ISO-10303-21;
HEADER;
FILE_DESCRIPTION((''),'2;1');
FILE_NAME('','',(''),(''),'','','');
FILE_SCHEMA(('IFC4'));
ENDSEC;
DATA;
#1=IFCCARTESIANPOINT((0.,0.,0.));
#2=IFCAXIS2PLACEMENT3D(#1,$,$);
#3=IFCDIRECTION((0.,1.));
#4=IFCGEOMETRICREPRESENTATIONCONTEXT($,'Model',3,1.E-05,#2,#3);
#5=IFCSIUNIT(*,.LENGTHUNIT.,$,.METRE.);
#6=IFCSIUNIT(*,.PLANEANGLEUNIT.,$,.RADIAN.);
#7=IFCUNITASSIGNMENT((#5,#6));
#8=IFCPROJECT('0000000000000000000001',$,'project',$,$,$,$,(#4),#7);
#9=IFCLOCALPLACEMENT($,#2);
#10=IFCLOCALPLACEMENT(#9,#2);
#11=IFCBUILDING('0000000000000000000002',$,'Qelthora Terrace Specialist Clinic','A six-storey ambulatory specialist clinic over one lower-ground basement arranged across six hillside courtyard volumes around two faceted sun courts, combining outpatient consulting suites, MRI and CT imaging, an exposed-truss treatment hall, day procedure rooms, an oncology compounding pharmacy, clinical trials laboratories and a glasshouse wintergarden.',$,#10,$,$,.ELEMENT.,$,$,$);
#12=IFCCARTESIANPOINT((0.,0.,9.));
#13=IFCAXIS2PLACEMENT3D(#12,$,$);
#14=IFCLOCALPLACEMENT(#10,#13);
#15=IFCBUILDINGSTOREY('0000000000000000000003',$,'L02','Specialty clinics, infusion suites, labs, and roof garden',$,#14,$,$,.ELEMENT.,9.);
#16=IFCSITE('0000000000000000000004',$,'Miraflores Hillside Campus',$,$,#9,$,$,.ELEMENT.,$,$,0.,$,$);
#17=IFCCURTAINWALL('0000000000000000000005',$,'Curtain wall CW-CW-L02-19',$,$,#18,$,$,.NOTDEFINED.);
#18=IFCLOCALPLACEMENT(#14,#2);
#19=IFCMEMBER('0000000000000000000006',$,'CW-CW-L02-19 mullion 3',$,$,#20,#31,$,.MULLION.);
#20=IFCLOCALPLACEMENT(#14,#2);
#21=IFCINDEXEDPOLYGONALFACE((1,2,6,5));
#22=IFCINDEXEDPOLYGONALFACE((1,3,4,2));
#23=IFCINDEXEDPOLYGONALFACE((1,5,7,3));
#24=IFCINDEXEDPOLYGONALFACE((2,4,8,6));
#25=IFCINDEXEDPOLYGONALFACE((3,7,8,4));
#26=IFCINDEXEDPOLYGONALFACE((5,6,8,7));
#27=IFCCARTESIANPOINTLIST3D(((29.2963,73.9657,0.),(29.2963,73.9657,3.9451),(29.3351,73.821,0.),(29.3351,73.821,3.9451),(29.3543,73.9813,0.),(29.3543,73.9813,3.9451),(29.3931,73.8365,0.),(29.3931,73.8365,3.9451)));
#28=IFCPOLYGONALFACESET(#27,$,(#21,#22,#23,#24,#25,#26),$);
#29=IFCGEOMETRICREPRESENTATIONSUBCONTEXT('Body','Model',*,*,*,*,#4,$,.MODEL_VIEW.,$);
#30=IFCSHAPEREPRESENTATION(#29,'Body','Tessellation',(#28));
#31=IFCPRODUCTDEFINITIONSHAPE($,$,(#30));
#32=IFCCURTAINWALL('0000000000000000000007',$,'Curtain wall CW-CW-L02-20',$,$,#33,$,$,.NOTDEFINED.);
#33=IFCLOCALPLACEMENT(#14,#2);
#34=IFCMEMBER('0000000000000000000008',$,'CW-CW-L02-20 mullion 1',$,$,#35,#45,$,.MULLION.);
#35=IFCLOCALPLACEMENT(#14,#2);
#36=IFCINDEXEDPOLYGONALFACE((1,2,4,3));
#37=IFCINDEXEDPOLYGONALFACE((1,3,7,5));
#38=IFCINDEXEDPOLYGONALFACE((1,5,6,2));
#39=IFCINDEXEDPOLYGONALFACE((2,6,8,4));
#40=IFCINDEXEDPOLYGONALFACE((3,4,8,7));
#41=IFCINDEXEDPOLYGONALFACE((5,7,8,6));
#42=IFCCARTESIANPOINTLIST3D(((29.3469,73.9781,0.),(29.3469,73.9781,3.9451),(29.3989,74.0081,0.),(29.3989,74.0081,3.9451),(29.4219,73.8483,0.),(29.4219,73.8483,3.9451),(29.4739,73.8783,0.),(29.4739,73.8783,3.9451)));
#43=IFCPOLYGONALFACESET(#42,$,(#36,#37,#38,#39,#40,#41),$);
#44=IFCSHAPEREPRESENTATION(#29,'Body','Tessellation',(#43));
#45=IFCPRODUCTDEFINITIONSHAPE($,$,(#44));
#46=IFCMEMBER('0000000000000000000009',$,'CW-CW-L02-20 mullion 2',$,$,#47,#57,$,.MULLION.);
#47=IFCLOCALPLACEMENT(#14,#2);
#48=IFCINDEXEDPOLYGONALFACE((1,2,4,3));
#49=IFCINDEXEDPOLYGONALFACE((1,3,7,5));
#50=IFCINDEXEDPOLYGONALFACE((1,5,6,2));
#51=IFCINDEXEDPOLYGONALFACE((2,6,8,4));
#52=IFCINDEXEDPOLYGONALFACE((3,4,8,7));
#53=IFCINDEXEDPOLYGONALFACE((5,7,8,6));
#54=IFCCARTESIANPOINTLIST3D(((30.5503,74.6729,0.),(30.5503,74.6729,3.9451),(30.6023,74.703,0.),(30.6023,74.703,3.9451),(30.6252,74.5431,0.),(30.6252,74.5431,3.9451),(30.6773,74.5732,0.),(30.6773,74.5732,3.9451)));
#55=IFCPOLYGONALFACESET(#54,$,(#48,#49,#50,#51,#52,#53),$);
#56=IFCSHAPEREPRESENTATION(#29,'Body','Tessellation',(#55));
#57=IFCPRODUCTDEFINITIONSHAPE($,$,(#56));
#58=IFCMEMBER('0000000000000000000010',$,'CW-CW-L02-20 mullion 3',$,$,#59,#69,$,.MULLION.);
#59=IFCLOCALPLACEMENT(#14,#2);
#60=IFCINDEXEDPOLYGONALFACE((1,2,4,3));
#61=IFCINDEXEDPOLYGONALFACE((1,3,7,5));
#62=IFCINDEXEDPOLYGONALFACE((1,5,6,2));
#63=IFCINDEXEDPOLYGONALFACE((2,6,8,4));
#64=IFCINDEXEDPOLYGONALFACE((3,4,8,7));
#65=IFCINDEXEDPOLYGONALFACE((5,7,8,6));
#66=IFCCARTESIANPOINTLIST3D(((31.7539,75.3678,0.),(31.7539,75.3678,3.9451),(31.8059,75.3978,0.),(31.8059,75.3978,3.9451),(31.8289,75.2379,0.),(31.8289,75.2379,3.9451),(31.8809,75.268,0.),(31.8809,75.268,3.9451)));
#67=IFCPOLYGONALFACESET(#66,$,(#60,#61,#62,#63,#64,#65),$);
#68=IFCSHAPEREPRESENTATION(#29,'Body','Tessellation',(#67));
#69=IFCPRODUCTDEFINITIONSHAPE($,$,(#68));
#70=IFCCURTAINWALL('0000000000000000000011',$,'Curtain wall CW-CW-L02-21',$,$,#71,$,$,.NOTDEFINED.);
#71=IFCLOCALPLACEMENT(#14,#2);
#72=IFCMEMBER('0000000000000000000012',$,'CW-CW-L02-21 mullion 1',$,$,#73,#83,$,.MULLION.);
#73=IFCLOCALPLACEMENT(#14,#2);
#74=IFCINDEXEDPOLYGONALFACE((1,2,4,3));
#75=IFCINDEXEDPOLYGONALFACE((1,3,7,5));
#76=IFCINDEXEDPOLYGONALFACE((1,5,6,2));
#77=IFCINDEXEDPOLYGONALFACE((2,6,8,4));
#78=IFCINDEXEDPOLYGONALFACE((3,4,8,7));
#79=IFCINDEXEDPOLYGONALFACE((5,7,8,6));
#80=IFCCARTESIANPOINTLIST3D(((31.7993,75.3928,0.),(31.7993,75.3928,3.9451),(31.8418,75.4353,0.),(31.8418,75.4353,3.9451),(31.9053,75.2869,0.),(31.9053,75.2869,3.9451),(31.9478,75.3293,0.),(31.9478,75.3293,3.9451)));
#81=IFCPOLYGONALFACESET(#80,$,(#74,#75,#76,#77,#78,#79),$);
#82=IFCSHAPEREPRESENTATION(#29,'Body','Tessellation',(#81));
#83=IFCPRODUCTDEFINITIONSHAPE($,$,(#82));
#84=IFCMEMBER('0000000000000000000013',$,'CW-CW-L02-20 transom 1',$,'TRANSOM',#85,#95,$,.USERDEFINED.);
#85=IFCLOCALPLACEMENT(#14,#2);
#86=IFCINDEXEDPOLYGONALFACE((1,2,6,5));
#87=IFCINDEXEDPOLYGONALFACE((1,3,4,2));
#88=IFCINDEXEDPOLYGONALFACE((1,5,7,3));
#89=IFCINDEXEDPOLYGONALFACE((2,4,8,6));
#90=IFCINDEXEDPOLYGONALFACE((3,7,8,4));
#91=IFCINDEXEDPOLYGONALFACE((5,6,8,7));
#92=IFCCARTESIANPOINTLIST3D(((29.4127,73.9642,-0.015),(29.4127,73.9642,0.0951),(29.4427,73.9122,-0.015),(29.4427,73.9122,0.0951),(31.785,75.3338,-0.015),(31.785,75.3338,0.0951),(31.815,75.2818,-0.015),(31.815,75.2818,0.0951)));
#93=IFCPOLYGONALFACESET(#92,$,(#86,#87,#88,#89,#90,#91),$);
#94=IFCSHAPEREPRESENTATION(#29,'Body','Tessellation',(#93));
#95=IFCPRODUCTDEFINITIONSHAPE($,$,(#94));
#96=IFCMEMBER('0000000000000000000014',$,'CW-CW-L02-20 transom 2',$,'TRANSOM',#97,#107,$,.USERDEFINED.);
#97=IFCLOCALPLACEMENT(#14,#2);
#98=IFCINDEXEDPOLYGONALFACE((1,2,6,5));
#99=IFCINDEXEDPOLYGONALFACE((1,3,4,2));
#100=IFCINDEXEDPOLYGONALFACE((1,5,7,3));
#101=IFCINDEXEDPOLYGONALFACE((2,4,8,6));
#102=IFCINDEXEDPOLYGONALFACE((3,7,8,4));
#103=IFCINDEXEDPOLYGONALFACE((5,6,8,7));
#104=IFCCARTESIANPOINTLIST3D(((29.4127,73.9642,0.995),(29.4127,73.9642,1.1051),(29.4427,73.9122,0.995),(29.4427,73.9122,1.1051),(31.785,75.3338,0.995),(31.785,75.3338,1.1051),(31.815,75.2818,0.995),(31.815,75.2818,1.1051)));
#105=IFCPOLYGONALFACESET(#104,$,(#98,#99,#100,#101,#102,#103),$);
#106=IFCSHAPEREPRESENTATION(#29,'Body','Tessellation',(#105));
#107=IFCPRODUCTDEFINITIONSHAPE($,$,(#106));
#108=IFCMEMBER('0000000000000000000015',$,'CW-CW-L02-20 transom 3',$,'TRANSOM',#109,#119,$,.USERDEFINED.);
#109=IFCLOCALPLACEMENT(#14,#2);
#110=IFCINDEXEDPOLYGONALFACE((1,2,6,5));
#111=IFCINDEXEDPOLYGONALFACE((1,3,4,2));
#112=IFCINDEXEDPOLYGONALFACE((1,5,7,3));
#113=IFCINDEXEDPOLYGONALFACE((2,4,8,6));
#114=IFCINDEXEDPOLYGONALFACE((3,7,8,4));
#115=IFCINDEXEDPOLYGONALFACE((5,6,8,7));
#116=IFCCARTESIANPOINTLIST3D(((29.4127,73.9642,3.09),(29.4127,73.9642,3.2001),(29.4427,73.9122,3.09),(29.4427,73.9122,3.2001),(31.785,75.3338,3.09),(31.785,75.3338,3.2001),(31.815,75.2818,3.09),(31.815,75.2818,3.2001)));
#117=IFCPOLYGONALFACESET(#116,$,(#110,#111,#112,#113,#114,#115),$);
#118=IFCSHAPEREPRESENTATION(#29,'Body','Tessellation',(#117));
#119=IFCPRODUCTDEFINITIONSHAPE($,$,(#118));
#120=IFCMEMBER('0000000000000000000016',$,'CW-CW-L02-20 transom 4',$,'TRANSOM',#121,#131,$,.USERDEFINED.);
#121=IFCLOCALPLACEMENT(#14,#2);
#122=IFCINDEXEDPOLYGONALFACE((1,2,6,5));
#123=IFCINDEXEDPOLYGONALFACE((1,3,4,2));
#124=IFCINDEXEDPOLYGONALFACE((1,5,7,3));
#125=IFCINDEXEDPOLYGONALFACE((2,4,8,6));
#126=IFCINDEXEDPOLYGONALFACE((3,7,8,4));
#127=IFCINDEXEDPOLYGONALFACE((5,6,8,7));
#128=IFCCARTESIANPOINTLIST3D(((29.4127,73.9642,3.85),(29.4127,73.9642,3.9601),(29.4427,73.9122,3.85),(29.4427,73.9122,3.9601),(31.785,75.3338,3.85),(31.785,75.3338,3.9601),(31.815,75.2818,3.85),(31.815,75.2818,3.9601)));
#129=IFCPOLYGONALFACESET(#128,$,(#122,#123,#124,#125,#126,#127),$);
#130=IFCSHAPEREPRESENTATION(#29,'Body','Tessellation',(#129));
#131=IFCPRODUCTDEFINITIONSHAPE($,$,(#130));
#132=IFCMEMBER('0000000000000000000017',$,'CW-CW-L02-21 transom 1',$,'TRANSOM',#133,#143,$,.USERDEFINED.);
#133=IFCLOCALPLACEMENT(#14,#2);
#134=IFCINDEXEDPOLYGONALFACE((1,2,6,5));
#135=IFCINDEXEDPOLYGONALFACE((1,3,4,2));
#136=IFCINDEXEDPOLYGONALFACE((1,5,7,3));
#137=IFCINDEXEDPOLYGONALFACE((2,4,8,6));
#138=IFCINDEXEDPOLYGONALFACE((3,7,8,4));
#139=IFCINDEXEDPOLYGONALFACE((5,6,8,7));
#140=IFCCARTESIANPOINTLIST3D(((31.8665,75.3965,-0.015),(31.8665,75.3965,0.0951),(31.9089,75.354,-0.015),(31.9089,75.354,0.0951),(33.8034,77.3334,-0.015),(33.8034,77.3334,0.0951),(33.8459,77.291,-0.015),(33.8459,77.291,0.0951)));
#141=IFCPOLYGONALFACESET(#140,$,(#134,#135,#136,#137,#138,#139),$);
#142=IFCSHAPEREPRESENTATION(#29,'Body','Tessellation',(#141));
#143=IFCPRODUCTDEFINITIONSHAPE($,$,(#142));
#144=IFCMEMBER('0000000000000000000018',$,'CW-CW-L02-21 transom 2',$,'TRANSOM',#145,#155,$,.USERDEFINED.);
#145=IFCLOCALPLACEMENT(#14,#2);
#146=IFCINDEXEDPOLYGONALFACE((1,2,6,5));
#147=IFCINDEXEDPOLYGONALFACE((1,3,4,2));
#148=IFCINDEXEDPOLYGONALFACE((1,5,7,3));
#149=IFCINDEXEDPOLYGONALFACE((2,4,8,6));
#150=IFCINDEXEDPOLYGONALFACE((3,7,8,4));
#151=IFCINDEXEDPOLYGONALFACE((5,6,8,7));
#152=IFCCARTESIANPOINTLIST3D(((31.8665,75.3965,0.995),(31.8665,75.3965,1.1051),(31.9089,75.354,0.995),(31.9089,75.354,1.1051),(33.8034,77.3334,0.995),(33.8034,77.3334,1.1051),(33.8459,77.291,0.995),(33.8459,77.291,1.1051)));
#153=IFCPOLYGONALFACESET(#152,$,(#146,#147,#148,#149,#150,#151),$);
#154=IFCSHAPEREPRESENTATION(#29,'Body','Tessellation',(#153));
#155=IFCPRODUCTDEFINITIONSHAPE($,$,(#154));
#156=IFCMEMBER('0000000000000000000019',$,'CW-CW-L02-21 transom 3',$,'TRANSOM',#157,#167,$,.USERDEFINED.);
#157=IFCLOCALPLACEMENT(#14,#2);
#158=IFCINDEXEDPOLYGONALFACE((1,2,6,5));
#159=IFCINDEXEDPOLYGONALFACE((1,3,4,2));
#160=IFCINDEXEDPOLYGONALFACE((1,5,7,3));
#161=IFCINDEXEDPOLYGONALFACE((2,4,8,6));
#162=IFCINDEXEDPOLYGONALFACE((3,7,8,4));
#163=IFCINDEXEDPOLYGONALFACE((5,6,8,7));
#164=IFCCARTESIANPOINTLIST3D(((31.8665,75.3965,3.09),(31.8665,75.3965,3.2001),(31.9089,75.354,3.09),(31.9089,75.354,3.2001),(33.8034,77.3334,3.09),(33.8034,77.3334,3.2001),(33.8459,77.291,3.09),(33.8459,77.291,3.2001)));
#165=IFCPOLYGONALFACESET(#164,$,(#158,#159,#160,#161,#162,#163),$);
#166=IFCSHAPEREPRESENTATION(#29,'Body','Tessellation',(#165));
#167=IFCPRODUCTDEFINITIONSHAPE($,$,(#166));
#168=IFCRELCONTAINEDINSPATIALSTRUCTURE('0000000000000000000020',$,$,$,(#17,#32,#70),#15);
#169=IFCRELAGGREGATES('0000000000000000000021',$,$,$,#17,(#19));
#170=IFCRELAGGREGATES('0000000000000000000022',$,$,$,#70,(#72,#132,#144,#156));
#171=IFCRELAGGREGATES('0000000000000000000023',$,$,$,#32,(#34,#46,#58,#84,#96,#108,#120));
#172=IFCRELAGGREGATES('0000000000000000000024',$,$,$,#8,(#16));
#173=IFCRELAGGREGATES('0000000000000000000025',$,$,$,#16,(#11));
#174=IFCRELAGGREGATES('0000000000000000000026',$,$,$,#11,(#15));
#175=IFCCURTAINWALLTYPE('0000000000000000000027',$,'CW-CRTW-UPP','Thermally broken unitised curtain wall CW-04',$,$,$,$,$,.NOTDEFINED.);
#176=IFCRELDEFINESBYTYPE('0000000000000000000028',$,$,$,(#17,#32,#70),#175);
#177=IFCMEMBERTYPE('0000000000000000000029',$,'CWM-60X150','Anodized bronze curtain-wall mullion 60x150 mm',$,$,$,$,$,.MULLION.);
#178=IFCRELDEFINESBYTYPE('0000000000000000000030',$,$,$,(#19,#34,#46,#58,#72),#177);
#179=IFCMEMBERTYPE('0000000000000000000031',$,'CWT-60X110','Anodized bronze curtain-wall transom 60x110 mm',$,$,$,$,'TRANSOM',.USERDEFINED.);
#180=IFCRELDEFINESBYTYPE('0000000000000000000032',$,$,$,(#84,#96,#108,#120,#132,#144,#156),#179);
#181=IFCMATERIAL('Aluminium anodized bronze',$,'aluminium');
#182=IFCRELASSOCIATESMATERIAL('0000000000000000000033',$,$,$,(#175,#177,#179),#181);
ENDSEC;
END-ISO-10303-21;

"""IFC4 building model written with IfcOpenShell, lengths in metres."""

from ifc_helpers import new_model, si_unit, direction, frame, origin, origin_2d, place, context, subcontext, project, spatial, rectangle, extrude, material, material_profile, profile_set, type_object, element, aggregate, save


model = new_model("IFC4")

# Units and contexts
model_context = context("Model", 3, precision=1e-05, world=origin(), true_north=direction((0.0, 1.0)))
body_context = subcontext(model_context, "Body", "Model", "MODEL_VIEW")
ifc_project = project(units=[si_unit("LENGTHUNIT", "METRE"), si_unit("PLANEANGLEUNIT", "RADIAN")], contexts=[model_context])

# Site, building, storey
site_placement = place(None, origin())
site = spatial("IfcSite", under=ifc_project, at=site_placement, Name="Miraflores Hillside Campus", CompositionType="ELEMENT", RefElevation=0.0)
building_placement = place(site_placement, origin())
building = spatial("IfcBuilding", under=site, at=building_placement, Name="Qelthora Terrace Specialist Clinic", Description="A six-storey ambulatory specialist clinic over one lower-ground basement arranged across six hillside courtyard volumes around two faceted sun courts, combining outpatient consulting suites, MRI and CT imaging, an exposed-truss treatment hall, day procedure rooms, an oncology compounding pharmacy, clinical trials laboratories and a glasshouse wintergarden.", CompositionType="ELEMENT")
storey_placement = place(building_placement, frame((0.0, 0.0, 9.0)))
storey = spatial("IfcBuildingStorey", under=building, at=storey_placement, Name="L02", Description="Specialty clinics, infusion suites, labs, and roof garden", CompositionType="ELEMENT", Elevation=9.0)

# Curtain wall, member
ifc_material_1 = material(Name="Aluminium anodized bronze", Category="aluminium")
curtain_wall_type = type_object("IfcCurtainWallType", Name="CW-CRTW-UPP", Description="Thermally broken unitised curtain wall CW-04", PredefinedType="NOTDEFINED", material=ifc_material_1)
curtain_wall_1_placement = place(storey_placement, origin())
curtain_wall_1 = element("IfcCurtainWall", 1, at=curtain_wall_1_placement, inside=storey, type_object=curtain_wall_type, Name="Curtain wall CW-CW-L02-19", PredefinedType="NOTDEFINED")
ifc_material_profile_1 = material_profile(ifc_material_1, rectangle(XDim=0.0601, YDim=0.1499, at=origin_2d()), Name="CWM60X150")
ifc_profile_set_1 = profile_set([ifc_material_profile_1], Name="Aluminium anodized bronze")
member_type_1 = type_object("IfcMemberType", Name="CWM-60X150", Description="Anodized bronze curtain-wall mullion 60x150 mm", PredefinedType="MULLION", material=ifc_profile_set_1)
member_1_placement = place(storey_placement, frame((29.3447, 73.9011, 0.0), z_axis=(0.0, 0.0, 1.0), x_axis=(0.965925, 0.25882, 0.0)))
member_1 = element("IfcMember", 2, at=member_1_placement, type_object=member_type_1, Name="CW-CW-L02-19 mullion 3", PredefinedType="MULLION", context=body_context, shape_type="SweptSolid", body=[
    extrude(rectangle(XDim=0.0601, YDim=0.1499, at=origin_2d()), origin(), (0.0, 0.0, 1.0), 3.9451),
])
aggregate(curtain_wall_1, [member_1])

# Curtain wall, members
curtain_wall_2_placement = place(storey_placement, origin())
curtain_wall_2 = element("IfcCurtainWall", 3, at=curtain_wall_2_placement, inside=storey, type_object=curtain_wall_type, Name="Curtain wall CW-CW-L02-20", PredefinedType="NOTDEFINED")
member_2_placement = place(storey_placement, frame((29.4104, 73.9282, 0.0), z_axis=(0.0, 0.0, 1.0), x_axis=(0.866026, 0.5, 0.0)))
member_2 = element("IfcMember", 4, at=member_2_placement, type_object=member_type_1, Name="CW-CW-L02-20 mullion 1", PredefinedType="MULLION", context=body_context, shape_type="SweptSolid", body=[
    extrude(rectangle(XDim=0.0601, YDim=0.1499, at=origin_2d()), origin(), (0.0, 0.0, 1.0), 3.9451),
])
member_3_placement = place(storey_placement, frame((30.6138, 74.623, 0.0), z_axis=(0.0, 0.0, 1.0), x_axis=(0.866026, 0.5, 0.0)))
member_3 = element("IfcMember", 5, at=member_3_placement, type_object=member_type_1, Name="CW-CW-L02-20 mullion 2", PredefinedType="MULLION", context=body_context, shape_type="SweptSolid", body=[
    extrude(rectangle(XDim=0.0601, YDim=0.1499, at=origin_2d()), origin(), (0.0, 0.0, 1.0), 3.9451),
])
member_4_placement = place(storey_placement, frame((31.8174, 75.3179, 0.0), z_axis=(0.0, 0.0, 1.0), x_axis=(0.866026, 0.5, 0.0)))
member_4 = element("IfcMember", 6, at=member_4_placement, type_object=member_type_1, Name="CW-CW-L02-20 mullion 3", PredefinedType="MULLION", context=body_context, shape_type="SweptSolid", body=[
    extrude(rectangle(XDim=0.0601, YDim=0.1499, at=origin_2d()), origin(), (0.0, 0.0, 1.0), 3.9451),
])

# Curtain wall, member
curtain_wall_3_placement = place(storey_placement, origin())
curtain_wall_3 = element("IfcCurtainWall", 7, at=curtain_wall_3_placement, inside=storey, type_object=curtain_wall_type, Name="Curtain wall CW-CW-L02-21", PredefinedType="NOTDEFINED")
member_5_placement = place(storey_placement, frame((31.8735, 75.3611, 0.0), z_axis=(0.0, 0.0, 1.0), x_axis=(0.707107, 0.707107, 0.0)))
member_5 = element("IfcMember", 8, at=member_5_placement, type_object=member_type_1, Name="CW-CW-L02-21 mullion 1", PredefinedType="MULLION", context=body_context, shape_type="SweptSolid", body=[
    extrude(rectangle(XDim=0.0601, YDim=0.1499, at=origin_2d()), origin(), (0.0, 0.0, 1.0), 3.9451),
])

# Members
ifc_material_profile_2 = material_profile(ifc_material_1, rectangle(XDim=0.0601, YDim=0.1101, at=origin_2d()), Name="CWT60X110")
ifc_profile_set_2 = profile_set([ifc_material_profile_2], Name="Aluminium anodized bronze")
member_type_2 = type_object("IfcMemberType", Name="CWT-60X110", Description="Anodized bronze curtain-wall transom 60x110 mm", ElementType="TRANSOM", PredefinedType="USERDEFINED", material=ifc_profile_set_2)
member_6_placement = place(storey_placement, frame((29.4277, 73.9382, 0.04), z_axis=(0.86603, 0.499992, 0.0), x_axis=(-0.499992, 0.86603, 0.0)))
member_6 = element("IfcMember", 9, at=member_6_placement, type_object=member_type_2, Name="CW-CW-L02-20 transom 1", ObjectType="TRANSOM", PredefinedType="USERDEFINED", context=body_context, shape_type="SweptSolid", body=[
    extrude(rectangle(XDim=0.0601, YDim=0.1101, at=origin_2d()), origin(), (0.0, 0.0, 1.0), 2.7393),
])
member_7_placement = place(storey_placement, frame((29.4277, 73.9382, 1.05), z_axis=(0.86603, 0.499992, 0.0), x_axis=(-0.499992, 0.86603, 0.0)))
member_7 = element("IfcMember", 10, at=member_7_placement, type_object=member_type_2, Name="CW-CW-L02-20 transom 2", ObjectType="TRANSOM", PredefinedType="USERDEFINED", context=body_context, shape_type="SweptSolid", body=[
    extrude(rectangle(XDim=0.0601, YDim=0.1101, at=origin_2d()), origin(), (0.0, 0.0, 1.0), 2.7393),
])
member_8_placement = place(storey_placement, frame((29.4277, 73.9382, 3.145), z_axis=(0.86603, 0.499992, 0.0), x_axis=(-0.499992, 0.86603, 0.0)))
member_8 = element("IfcMember", 11, at=member_8_placement, type_object=member_type_2, Name="CW-CW-L02-20 transom 3", ObjectType="TRANSOM", PredefinedType="USERDEFINED", context=body_context, shape_type="SweptSolid", body=[
    extrude(rectangle(XDim=0.0601, YDim=0.1101, at=origin_2d()), origin(), (0.0, 0.0, 1.0), 2.7393),
])
member_9_placement = place(storey_placement, frame((29.4277, 73.9382, 3.905), z_axis=(0.86603, 0.499992, 0.0), x_axis=(-0.499992, 0.86603, 0.0)))
member_9 = element("IfcMember", 12, at=member_9_placement, type_object=member_type_2, Name="CW-CW-L02-20 transom 4", ObjectType="TRANSOM", PredefinedType="USERDEFINED", context=body_context, shape_type="SweptSolid", body=[
    extrude(rectangle(XDim=0.0601, YDim=0.1101, at=origin_2d()), origin(), (0.0, 0.0, 1.0), 2.7393),
])
member_10_placement = place(storey_placement, frame((31.8877, 75.3752, 0.04), z_axis=(0.707107, 0.707107, 0.0), x_axis=(-0.707107, 0.707107, 0.0)))
member_10 = element("IfcMember", 13, at=member_10_placement, type_object=member_type_2, Name="CW-CW-L02-21 transom 1", ObjectType="TRANSOM", PredefinedType="USERDEFINED", context=body_context, shape_type="SweptSolid", body=[
    extrude(rectangle(XDim=0.0601, YDim=0.1101, at=origin_2d()), origin(), (0.0, 0.0, 1.0), 2.7393),
])
member_11_placement = place(storey_placement, frame((31.8877, 75.3752, 1.05), z_axis=(0.707107, 0.707107, 0.0), x_axis=(-0.707107, 0.707107, 0.0)))
member_11 = element("IfcMember", 14, at=member_11_placement, type_object=member_type_2, Name="CW-CW-L02-21 transom 2", ObjectType="TRANSOM", PredefinedType="USERDEFINED", context=body_context, shape_type="SweptSolid", body=[
    extrude(rectangle(XDim=0.0601, YDim=0.1101, at=origin_2d()), origin(), (0.0, 0.0, 1.0), 2.7393),
])
member_12_placement = place(storey_placement, frame((31.8877, 75.3752, 3.145), z_axis=(0.707107, 0.707107, 0.0), x_axis=(-0.707107, 0.707107, 0.0)))
member_12 = element("IfcMember", 15, at=member_12_placement, type_object=member_type_2, Name="CW-CW-L02-21 transom 3", ObjectType="TRANSOM", PredefinedType="USERDEFINED", context=body_context, shape_type="SweptSolid", body=[
    extrude(rectangle(XDim=0.0601, YDim=0.1101, at=origin_2d()), origin(), (0.0, 0.0, 1.0), 2.7393),
])
aggregate(curtain_wall_3, [member_5, member_10, member_11, member_12])

aggregate(curtain_wall_2, [member_2, member_3, member_4, member_6, member_7, member_8, member_9])

save(model, "model.ifc")
